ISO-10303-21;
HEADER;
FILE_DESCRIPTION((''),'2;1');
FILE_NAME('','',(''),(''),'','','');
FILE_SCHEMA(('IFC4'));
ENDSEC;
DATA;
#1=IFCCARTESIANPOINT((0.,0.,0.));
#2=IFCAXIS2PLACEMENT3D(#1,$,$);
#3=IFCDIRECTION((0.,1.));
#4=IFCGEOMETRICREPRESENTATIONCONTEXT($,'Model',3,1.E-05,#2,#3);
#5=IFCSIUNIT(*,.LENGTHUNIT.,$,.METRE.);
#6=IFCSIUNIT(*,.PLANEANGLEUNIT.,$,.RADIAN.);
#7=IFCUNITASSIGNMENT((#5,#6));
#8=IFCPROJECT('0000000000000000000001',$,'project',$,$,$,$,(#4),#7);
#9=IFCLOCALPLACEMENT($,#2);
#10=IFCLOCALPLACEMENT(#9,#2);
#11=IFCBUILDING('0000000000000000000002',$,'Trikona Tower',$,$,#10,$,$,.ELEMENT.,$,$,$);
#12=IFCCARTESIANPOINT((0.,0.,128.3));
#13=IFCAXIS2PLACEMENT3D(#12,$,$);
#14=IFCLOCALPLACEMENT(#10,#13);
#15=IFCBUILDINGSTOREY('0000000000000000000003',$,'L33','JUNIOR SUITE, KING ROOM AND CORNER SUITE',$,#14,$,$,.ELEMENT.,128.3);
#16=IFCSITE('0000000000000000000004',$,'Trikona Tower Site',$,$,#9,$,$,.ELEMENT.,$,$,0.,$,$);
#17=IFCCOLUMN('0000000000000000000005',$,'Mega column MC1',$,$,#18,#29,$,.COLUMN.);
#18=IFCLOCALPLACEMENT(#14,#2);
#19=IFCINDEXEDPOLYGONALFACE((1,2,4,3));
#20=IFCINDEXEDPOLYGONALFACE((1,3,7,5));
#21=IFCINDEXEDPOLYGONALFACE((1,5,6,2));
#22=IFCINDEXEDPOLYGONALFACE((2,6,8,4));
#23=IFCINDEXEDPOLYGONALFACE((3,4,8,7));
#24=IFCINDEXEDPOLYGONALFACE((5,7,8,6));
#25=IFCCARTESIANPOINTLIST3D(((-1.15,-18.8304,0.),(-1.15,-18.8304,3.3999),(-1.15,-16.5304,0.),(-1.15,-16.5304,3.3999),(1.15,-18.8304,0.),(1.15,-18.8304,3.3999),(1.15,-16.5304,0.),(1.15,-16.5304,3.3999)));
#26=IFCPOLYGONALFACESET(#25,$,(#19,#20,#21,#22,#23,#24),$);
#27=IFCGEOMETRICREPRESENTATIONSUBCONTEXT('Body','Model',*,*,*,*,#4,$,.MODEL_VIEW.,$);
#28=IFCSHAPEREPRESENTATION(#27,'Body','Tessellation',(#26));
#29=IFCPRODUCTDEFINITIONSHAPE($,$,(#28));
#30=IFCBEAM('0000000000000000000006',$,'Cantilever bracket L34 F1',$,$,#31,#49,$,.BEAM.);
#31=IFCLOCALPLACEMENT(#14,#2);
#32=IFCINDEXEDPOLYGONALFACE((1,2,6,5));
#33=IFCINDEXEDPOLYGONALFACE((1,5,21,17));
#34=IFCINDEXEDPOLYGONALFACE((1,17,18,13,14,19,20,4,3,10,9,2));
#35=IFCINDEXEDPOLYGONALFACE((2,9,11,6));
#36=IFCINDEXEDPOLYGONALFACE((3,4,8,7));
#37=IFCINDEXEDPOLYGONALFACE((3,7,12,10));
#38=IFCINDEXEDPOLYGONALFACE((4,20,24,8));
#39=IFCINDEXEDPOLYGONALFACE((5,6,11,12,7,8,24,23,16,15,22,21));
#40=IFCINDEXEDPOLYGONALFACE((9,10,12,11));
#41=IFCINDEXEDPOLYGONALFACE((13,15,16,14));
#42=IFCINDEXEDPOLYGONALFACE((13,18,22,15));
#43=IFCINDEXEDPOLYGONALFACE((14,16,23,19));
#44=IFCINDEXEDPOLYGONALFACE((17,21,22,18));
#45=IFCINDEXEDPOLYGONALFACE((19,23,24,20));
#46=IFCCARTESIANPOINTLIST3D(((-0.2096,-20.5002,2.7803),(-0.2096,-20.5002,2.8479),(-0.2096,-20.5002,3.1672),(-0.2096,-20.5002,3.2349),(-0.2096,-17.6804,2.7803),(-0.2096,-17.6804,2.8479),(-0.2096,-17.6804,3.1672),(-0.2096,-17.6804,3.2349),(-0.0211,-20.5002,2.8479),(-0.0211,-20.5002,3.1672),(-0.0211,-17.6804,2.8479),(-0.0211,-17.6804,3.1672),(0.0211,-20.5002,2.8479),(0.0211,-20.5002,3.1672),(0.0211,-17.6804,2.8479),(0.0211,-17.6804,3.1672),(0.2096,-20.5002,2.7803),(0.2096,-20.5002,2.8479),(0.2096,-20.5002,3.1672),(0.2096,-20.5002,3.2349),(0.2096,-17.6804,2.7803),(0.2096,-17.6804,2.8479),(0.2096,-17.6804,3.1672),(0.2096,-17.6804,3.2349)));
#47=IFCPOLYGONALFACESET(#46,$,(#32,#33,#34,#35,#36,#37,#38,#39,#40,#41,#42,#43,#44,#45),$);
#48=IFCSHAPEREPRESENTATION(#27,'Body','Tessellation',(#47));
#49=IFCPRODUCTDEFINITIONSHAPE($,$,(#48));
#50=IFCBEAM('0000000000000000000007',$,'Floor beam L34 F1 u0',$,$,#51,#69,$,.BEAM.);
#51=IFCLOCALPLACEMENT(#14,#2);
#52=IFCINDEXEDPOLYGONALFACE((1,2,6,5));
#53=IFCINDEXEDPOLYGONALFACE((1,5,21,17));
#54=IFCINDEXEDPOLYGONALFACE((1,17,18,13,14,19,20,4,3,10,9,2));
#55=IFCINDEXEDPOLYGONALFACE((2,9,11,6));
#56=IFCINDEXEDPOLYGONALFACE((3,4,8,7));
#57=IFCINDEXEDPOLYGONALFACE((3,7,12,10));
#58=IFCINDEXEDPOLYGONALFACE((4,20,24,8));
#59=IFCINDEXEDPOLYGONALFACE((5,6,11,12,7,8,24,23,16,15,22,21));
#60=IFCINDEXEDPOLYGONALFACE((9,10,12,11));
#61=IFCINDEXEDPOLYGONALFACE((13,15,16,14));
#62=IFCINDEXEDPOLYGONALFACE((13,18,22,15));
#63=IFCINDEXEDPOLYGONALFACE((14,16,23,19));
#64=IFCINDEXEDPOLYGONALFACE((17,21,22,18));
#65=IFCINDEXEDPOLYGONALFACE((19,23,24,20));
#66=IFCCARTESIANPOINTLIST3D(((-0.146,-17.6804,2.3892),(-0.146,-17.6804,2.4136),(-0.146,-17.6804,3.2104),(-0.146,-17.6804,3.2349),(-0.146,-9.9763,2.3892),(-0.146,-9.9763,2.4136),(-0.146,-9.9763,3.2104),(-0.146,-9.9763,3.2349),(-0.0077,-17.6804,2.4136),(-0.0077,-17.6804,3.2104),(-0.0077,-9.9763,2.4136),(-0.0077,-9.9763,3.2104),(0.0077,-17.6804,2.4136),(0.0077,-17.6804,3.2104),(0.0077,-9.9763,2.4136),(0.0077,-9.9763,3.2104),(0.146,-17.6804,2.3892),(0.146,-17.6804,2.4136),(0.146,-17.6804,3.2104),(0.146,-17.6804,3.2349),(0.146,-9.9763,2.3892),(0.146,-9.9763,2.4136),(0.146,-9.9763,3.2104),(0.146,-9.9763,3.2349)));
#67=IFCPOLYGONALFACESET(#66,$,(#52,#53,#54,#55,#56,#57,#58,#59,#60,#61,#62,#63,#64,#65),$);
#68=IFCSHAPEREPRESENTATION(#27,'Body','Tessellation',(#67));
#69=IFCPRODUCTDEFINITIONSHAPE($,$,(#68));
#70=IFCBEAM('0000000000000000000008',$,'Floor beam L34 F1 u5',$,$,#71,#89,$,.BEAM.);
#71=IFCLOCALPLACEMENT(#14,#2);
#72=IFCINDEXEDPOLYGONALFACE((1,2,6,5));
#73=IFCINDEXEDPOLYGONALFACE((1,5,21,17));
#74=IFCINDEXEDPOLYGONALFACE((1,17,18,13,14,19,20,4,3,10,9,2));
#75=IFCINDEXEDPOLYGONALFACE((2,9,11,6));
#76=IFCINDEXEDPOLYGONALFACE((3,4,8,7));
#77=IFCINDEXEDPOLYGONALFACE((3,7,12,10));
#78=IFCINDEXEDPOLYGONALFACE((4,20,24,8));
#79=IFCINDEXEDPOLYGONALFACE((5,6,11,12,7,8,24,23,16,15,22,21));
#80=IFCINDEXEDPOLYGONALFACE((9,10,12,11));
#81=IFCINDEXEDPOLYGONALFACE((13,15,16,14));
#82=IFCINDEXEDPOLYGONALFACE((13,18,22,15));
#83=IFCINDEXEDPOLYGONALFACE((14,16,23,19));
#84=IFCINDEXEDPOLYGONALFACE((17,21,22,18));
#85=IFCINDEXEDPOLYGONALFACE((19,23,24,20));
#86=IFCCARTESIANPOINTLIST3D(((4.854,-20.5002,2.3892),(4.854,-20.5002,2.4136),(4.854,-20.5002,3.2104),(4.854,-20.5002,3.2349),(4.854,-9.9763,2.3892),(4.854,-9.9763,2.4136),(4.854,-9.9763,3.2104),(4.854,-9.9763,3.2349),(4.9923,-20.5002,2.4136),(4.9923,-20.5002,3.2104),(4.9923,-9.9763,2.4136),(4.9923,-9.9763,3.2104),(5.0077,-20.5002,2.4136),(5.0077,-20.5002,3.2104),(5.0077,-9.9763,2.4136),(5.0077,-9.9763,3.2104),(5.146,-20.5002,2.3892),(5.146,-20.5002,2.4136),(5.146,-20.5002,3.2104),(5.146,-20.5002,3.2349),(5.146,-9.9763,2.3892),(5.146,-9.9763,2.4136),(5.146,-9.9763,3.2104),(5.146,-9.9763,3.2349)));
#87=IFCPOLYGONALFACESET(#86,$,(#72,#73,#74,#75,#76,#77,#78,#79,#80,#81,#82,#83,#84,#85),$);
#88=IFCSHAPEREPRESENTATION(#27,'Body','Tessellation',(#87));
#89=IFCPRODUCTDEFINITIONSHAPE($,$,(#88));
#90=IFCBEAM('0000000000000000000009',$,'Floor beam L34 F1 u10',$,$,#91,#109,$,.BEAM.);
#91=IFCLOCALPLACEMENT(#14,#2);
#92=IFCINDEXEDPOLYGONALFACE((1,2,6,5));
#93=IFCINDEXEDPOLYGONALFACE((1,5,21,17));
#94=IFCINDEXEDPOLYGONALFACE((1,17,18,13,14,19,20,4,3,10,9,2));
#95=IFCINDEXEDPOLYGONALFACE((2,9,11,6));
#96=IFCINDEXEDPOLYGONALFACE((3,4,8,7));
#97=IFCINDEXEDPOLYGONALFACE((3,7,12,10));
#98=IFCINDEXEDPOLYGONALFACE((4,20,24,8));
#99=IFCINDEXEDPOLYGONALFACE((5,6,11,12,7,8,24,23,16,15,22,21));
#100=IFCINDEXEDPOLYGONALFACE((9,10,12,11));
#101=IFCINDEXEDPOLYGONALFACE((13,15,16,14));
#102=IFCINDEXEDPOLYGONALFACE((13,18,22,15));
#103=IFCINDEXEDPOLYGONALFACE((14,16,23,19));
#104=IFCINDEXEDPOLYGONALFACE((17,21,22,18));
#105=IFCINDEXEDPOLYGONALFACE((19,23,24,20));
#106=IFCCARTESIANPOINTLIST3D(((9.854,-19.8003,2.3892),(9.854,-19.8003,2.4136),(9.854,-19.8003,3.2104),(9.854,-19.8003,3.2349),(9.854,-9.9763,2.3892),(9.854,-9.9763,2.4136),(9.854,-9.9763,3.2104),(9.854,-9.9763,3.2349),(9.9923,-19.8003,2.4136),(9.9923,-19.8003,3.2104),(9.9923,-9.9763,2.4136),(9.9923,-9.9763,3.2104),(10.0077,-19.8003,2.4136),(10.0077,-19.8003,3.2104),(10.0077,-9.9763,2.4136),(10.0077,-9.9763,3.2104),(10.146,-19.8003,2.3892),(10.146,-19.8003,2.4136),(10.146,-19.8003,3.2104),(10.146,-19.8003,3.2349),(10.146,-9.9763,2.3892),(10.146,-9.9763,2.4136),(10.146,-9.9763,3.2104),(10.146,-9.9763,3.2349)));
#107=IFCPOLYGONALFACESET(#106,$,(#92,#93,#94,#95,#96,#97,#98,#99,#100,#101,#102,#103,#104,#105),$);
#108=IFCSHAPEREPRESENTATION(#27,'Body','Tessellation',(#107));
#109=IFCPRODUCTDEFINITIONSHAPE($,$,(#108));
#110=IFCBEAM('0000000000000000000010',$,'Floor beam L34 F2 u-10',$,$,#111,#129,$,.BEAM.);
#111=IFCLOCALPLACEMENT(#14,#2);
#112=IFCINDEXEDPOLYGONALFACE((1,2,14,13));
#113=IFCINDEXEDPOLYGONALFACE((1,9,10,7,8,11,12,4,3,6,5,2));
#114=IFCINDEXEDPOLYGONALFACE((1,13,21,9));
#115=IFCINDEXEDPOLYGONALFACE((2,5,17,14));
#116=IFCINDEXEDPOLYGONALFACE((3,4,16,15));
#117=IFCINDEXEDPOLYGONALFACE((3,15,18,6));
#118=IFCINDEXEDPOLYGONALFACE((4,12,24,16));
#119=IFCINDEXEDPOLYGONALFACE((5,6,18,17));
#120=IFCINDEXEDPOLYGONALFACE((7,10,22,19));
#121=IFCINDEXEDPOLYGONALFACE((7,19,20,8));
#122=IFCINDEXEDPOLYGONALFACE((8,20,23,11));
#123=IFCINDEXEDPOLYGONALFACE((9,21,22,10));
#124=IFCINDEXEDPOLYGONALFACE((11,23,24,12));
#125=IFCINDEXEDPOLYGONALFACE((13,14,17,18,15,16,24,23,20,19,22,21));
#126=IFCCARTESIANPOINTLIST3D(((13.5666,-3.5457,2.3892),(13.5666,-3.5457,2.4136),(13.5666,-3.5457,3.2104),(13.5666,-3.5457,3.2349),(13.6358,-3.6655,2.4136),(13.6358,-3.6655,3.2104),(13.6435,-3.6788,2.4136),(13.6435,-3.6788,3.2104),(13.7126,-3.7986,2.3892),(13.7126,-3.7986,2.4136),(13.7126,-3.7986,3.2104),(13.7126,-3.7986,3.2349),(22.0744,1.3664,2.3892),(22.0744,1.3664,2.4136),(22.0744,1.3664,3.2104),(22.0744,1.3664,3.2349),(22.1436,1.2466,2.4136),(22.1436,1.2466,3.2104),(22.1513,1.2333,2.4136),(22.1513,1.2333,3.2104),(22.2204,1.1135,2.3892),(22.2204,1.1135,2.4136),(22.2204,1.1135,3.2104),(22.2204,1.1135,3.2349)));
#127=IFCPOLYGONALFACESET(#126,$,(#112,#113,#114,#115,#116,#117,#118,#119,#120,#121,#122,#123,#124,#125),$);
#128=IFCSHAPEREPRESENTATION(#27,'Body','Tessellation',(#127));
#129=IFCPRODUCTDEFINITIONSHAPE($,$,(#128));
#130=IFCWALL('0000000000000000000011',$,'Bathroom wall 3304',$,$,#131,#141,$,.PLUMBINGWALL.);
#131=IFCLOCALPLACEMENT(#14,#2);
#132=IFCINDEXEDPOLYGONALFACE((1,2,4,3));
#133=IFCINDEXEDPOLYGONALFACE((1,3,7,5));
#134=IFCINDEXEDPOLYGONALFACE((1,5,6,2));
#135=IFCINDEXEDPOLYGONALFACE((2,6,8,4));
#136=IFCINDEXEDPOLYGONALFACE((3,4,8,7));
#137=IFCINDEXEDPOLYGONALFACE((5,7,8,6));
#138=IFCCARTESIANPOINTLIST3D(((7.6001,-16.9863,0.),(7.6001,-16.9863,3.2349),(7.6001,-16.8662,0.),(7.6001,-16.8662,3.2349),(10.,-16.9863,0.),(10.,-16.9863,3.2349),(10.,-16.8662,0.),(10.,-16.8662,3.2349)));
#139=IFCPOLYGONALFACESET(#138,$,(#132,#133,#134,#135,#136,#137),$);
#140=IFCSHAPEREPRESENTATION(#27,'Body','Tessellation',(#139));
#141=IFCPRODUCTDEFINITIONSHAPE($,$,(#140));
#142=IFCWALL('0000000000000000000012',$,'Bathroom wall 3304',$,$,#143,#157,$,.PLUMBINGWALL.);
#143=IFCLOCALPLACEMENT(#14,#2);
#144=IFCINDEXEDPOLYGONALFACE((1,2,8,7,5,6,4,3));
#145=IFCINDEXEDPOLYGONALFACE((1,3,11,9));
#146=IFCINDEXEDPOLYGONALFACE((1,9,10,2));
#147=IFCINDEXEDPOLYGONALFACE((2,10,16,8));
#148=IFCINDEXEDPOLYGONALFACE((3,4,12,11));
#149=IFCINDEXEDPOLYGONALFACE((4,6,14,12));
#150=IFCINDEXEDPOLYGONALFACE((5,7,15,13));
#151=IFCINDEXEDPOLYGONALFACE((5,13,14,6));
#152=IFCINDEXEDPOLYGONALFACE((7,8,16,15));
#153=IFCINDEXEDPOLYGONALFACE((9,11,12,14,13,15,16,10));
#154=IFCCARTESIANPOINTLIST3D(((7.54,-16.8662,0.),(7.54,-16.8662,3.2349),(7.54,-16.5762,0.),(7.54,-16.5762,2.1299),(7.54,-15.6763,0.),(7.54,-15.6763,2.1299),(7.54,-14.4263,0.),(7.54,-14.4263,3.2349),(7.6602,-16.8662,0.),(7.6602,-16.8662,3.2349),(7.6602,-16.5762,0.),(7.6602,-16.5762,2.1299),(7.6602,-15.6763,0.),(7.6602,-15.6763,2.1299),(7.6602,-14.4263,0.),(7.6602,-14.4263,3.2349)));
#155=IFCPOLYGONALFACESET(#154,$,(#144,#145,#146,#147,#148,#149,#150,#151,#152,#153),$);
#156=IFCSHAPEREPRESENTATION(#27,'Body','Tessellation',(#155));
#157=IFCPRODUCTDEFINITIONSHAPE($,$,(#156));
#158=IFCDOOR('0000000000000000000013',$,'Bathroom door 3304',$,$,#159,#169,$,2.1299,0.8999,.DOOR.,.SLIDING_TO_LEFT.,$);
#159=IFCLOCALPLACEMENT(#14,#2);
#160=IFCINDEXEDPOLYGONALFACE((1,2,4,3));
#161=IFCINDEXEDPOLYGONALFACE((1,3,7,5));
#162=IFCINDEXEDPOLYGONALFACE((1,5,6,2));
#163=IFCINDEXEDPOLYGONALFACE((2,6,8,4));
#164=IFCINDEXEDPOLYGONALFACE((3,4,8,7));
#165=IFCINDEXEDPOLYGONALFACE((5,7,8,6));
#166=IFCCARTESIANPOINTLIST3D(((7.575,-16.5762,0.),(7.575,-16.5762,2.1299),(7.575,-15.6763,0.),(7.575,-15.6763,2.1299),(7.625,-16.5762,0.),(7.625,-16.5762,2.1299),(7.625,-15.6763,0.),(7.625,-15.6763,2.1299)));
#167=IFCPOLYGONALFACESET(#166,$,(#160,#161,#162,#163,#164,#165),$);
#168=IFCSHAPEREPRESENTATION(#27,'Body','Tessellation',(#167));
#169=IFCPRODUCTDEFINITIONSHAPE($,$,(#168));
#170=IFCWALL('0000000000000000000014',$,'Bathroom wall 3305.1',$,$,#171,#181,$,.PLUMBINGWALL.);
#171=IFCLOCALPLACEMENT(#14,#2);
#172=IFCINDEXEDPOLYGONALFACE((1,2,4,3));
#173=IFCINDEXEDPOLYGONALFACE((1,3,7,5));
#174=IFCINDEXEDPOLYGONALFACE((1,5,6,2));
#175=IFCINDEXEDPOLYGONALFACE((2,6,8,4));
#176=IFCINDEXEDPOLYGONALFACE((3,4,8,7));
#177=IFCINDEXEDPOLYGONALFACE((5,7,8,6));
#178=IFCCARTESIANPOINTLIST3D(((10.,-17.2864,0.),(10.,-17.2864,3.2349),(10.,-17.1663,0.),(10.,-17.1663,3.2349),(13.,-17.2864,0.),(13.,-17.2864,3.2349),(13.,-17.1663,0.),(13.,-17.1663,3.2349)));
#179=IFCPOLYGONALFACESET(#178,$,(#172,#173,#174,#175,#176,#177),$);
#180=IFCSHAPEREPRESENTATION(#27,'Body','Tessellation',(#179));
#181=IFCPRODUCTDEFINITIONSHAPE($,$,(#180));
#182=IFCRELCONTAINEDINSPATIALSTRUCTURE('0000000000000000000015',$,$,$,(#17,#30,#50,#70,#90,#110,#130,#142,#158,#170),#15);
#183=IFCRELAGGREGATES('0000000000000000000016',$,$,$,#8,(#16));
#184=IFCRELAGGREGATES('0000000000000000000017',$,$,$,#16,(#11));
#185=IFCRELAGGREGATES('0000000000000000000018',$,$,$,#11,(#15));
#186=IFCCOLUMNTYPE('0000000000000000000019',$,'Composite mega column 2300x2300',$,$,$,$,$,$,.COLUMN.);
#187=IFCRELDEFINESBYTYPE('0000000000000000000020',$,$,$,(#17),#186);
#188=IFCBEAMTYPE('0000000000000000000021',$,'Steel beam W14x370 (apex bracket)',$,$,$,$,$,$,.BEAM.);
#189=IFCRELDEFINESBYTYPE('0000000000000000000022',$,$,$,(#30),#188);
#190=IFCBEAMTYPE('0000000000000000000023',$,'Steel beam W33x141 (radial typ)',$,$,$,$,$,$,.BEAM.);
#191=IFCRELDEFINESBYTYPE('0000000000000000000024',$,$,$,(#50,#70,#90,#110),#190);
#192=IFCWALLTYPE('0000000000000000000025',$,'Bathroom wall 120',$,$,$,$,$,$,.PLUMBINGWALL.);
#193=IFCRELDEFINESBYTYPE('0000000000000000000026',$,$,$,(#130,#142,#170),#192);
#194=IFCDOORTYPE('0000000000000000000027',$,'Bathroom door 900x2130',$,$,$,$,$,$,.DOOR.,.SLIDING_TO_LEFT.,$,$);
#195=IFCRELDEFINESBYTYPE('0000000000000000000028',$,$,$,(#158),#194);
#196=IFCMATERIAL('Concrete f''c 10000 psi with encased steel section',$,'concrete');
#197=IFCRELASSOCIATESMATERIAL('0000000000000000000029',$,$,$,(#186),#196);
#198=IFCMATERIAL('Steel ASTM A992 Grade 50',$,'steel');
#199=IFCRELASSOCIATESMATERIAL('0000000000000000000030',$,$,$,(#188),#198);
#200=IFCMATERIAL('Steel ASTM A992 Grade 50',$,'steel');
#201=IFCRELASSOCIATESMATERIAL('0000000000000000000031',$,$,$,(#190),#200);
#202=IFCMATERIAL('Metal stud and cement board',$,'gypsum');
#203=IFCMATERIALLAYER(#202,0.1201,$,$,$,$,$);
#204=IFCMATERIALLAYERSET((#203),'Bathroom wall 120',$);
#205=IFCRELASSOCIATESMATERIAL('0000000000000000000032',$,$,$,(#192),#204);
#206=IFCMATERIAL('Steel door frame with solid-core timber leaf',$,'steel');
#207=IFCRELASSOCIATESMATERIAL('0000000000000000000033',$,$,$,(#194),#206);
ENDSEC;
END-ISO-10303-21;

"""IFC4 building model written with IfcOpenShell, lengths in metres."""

from ifc_helpers import new_model, si_unit, direction, frame, frame_2d, origin, origin_2d, place, context, subcontext, project, spatial, rectangle, i_section, extrude, material, layer, layer_set, material_profile, profile_set, type_object, element, fill, save


model = new_model("IFC4")

# Units and contexts
model_context = context("Model", 3, precision=1e-05, world=origin(), true_north=direction((0.0, 1.0)))
body_context = subcontext(model_context, "Body", "Model", "MODEL_VIEW")
ifc_project = project(units=[si_unit("LENGTHUNIT", "METRE"), si_unit("PLANEANGLEUNIT", "RADIAN")], contexts=[model_context])

# Site, building, storey
site_placement = place(None, origin())
site = spatial("IfcSite", under=ifc_project, at=site_placement, Name="Trikona Tower Site", CompositionType="ELEMENT", RefElevation=0.0)
building_placement = place(site_placement, origin())
building = spatial("IfcBuilding", under=site, at=building_placement, Name="Trikona Tower", CompositionType="ELEMENT")
storey_placement = place(building_placement, frame((0.0, 0.0, 128.3)))
storey = spatial("IfcBuildingStorey", under=building, at=storey_placement, Name="L33", Description="JUNIOR SUITE, KING ROOM AND CORNER SUITE", CompositionType="ELEMENT", Elevation=128.3)

# Column
ifc_material_1 = material(Name="Concrete f'c 10000 psi with encased steel section", Category="concrete")
ifc_material_profile_1 = material_profile(ifc_material_1, rectangle(XDim=2.3, YDim=2.3, at=origin_2d()), Name="MC2300")
ifc_profile_set_1 = profile_set([ifc_material_profile_1], Name="Concrete f'c 10000 psi with encased steel section")
column_type = type_object("IfcColumnType", Name="Composite mega column 2300x2300", PredefinedType="COLUMN", material=ifc_profile_set_1)
column_placement = place(storey_placement, frame((0.0, -17.6804, 0.0), z_axis=(0.0, 0.0, 1.0), x_axis=(0.0, -1.0, 0.0)))
element("IfcColumn", 1, at=column_placement, inside=storey, type_object=column_type, Name="Mega column MC1", PredefinedType="COLUMN", context=body_context, shape_type="SweptSolid", body=[
    extrude(rectangle(XDim=2.3, YDim=2.3, at=origin_2d()), origin(), (0.0, 0.0, 1.0), 3.3999),
])

# Beams
ifc_material_2 = material(Name="Steel ASTM A992 Grade 50", Category="steel")
ifc_material_profile_2 = material_profile(ifc_material_2, i_section(OverallWidth=0.4192, OverallDepth=0.4546, WebThickness=0.0422, FlangeThickness=0.0676, at=origin_2d()), Name="W14X370")
ifc_profile_set_2 = profile_set([ifc_material_profile_2], Name="Steel ASTM A992 Grade 50")
beam_type_1 = type_object("IfcBeamType", Name="Steel beam W14x370 (apex bracket)", PredefinedType="BEAM", material=ifc_profile_set_2)
beam_1_placement = place(storey_placement, frame((0.0, -17.6804, 3.0076), z_axis=(0.0, -1.0, 0.0), x_axis=(1.0, 0.0, 0.0)))
element("IfcBeam", 2, at=beam_1_placement, inside=storey, type_object=beam_type_1, Name="Cantilever bracket L34 F1", PredefinedType="BEAM", context=body_context, shape_type="SweptSolid", body=[
    extrude(i_section(OverallWidth=0.4192, OverallDepth=0.4546, WebThickness=0.0422, FlangeThickness=0.0676, at=origin_2d()), origin(), (0.0, 0.0, 1.0), 2.8198),
])
ifc_material_3 = material(Name="Steel ASTM A992 Grade 50", Category="steel")
ifc_material_profile_3 = material_profile(ifc_material_3, i_section(OverallWidth=0.292, OverallDepth=0.8457, WebThickness=0.0154, FlangeThickness=0.0244, at=origin_2d()), Name="W33X141")
ifc_profile_set_3 = profile_set([ifc_material_profile_3], Name="Steel ASTM A992 Grade 50")
beam_type_2 = type_object("IfcBeamType", Name="Steel beam W33x141 (radial typ)", PredefinedType="BEAM", material=ifc_profile_set_3)
beam_2_placement = place(storey_placement, frame((0.0, -9.9763, 2.812), z_axis=(0.0, -1.0, 0.0), x_axis=(1.0, 0.0, 0.0)))
element("IfcBeam", 3, at=beam_2_placement, inside=storey, type_object=beam_type_2, Name="Floor beam L34 F1 u0", PredefinedType="BEAM", context=body_context, shape_type="SweptSolid", body=[
    extrude(i_section(OverallWidth=0.292, OverallDepth=0.8457, WebThickness=0.0154, FlangeThickness=0.0244, at=origin_2d()), origin(), (0.0, 0.0, 1.0), 7.7041),
])
beam_3_placement = place(storey_placement, frame((5.0, -9.9763, 2.812), z_axis=(0.0, -1.0, 0.0), x_axis=(1.0, 0.0, 0.0)))
element("IfcBeam", 4, at=beam_3_placement, inside=storey, type_object=beam_type_2, Name="Floor beam L34 F1 u5", PredefinedType="BEAM", context=body_context, shape_type="SweptSolid", body=[
    extrude(i_section(OverallWidth=0.292, OverallDepth=0.8457, WebThickness=0.0154, FlangeThickness=0.0244, at=origin_2d()), origin(), (0.0, 0.0, 1.0), 10.5239),
])
for number, where, z_axis, x_axis, name in (
    (5, (10.0, -9.9763, 2.812), (0.0, -1.0, 0.0), (1.0, 0.0, 0.0), "Floor beam L34 F1 u10"),
    (6, (13.6396, -3.6721, 2.812), (0.86602, 0.500009, 0.0), (-0.500009, 0.86602, 0.0), "Floor beam L34 F2 u-10"),
):
    element("IfcBeam", number, at=place(storey_placement, frame(where, z_axis=z_axis, x_axis=x_axis)), inside=storey, type_object=beam_type_2, Name=name, PredefinedType="BEAM", context=body_context, shape_type="SweptSolid", body=[
        extrude(i_section(OverallWidth=0.292, OverallDepth=0.8457, WebThickness=0.0154, FlangeThickness=0.0244, at=origin_2d()), origin(), (0.0, 0.0, 1.0), 9.824),
    ])

# Wall
ifc_material_4 = material(Name="Metal stud and cement board", Category="gypsum")
ifc_layer_1 = layer(ifc_material_4, 0.1201)
ifc_layer_set_1 = layer_set([ifc_layer_1], Name="Bathroom wall 120")
wall_type_1 = type_object("IfcWallType", Name="Bathroom wall 120", PredefinedType="PLUMBINGWALL", material=ifc_layer_set_1)
wall_1_placement = place(storey_placement, frame((7.6001, -16.9263, 0.0), z_axis=(0.0, 0.0, 1.0), x_axis=(1.0, 0.0, 0.0)))
element("IfcWall", 7, at=wall_1_placement, inside=storey, type_object=wall_type_1, Name="Bathroom wall 3304", PredefinedType="PLUMBINGWALL", context=body_context, shape_type="SweptSolid", body=[
    extrude(rectangle(XDim=2.3999, YDim=0.1201, at=frame_2d((1.2, 0.0))), origin(), (0.0, 0.0, 1.0), 3.2349),
])

# Wall, opening, door
wall_2_placement = place(storey_placement, frame((7.6001, -14.4263, 0.0), z_axis=(0.0, 0.0, 1.0), x_axis=(0.0, -1.0, 0.0)))
wall_2 = element("IfcWall", 8, at=wall_2_placement, inside=storey, type_object=wall_type_1, Name="Bathroom wall 3304", PredefinedType="PLUMBINGWALL", context=body_context, shape_type="SweptSolid", body=[
    extrude(rectangle(XDim=2.4399, YDim=0.1201, at=frame_2d((1.22, 0.0))), origin(), (0.0, 0.0, 1.0), 3.2349),
])
opening_1_placement = place(wall_2_placement, frame((1.25, 0.0, 0.0)))
opening_1 = element("IfcOpeningElement", 9, at=opening_1_placement, cuts=wall_2, PredefinedType="OPENING", context=body_context, shape_type="SweptSolid", body=[
    extrude(rectangle(XDim=0.8999, YDim=2.1299, at=frame_2d((0.45, 1.0649))), frame((0.0, 0.0701, 0.0), z_axis=(0.0, -1.0, 0.0), x_axis=(1.0, 0.0, 0.0)), (0.0, 0.0, 1.0), 0.1401),
])
ifc_material_5 = material(Name="Steel door frame with solid-core timber leaf", Category="steel")
door_type_1 = type_object("IfcDoorType", Name="Bathroom door 900x2130", OperationType="SLIDING_TO_LEFT", PredefinedType="DOOR", material=ifc_material_5)
door_1_placement = place(opening_1_placement, origin())
door_1 = element("IfcDoor", 10, at=door_1_placement, inside=storey, type_object=door_type_1, Name="Bathroom door 3304", OperationType="SLIDING_TO_LEFT", OverallHeight=2.1299, OverallWidth=0.8999, PredefinedType="DOOR", context=body_context, shape_type="SweptSolid", body=[
    extrude(rectangle(XDim=0.8999, YDim=2.1299, at=frame_2d((0.45, 1.0649))), frame((0.0, 0.0249, 0.0), z_axis=(0.0, -1.0, 0.0), x_axis=(1.0, 0.0, 0.0)), (0.0, 0.0, 1.0), 0.05),
])
fill(opening_1, door_1)

# Wall
wall_3_placement = place(storey_placement, frame((10.0, -17.2263, 0.0), z_axis=(0.0, 0.0, 1.0), x_axis=(1.0, 0.0, 0.0)))
element("IfcWall", 11, at=wall_3_placement, inside=storey, type_object=wall_type_1, Name="Bathroom wall 3305.1", PredefinedType="PLUMBINGWALL", context=body_context, shape_type="SweptSolid", body=[
    extrude(rectangle(XDim=3.0, YDim=0.1201, at=frame_2d((1.5, 0.0))), origin(), (0.0, 0.0, 1.0), 3.2349),
])

save(model, "model.ifc")
